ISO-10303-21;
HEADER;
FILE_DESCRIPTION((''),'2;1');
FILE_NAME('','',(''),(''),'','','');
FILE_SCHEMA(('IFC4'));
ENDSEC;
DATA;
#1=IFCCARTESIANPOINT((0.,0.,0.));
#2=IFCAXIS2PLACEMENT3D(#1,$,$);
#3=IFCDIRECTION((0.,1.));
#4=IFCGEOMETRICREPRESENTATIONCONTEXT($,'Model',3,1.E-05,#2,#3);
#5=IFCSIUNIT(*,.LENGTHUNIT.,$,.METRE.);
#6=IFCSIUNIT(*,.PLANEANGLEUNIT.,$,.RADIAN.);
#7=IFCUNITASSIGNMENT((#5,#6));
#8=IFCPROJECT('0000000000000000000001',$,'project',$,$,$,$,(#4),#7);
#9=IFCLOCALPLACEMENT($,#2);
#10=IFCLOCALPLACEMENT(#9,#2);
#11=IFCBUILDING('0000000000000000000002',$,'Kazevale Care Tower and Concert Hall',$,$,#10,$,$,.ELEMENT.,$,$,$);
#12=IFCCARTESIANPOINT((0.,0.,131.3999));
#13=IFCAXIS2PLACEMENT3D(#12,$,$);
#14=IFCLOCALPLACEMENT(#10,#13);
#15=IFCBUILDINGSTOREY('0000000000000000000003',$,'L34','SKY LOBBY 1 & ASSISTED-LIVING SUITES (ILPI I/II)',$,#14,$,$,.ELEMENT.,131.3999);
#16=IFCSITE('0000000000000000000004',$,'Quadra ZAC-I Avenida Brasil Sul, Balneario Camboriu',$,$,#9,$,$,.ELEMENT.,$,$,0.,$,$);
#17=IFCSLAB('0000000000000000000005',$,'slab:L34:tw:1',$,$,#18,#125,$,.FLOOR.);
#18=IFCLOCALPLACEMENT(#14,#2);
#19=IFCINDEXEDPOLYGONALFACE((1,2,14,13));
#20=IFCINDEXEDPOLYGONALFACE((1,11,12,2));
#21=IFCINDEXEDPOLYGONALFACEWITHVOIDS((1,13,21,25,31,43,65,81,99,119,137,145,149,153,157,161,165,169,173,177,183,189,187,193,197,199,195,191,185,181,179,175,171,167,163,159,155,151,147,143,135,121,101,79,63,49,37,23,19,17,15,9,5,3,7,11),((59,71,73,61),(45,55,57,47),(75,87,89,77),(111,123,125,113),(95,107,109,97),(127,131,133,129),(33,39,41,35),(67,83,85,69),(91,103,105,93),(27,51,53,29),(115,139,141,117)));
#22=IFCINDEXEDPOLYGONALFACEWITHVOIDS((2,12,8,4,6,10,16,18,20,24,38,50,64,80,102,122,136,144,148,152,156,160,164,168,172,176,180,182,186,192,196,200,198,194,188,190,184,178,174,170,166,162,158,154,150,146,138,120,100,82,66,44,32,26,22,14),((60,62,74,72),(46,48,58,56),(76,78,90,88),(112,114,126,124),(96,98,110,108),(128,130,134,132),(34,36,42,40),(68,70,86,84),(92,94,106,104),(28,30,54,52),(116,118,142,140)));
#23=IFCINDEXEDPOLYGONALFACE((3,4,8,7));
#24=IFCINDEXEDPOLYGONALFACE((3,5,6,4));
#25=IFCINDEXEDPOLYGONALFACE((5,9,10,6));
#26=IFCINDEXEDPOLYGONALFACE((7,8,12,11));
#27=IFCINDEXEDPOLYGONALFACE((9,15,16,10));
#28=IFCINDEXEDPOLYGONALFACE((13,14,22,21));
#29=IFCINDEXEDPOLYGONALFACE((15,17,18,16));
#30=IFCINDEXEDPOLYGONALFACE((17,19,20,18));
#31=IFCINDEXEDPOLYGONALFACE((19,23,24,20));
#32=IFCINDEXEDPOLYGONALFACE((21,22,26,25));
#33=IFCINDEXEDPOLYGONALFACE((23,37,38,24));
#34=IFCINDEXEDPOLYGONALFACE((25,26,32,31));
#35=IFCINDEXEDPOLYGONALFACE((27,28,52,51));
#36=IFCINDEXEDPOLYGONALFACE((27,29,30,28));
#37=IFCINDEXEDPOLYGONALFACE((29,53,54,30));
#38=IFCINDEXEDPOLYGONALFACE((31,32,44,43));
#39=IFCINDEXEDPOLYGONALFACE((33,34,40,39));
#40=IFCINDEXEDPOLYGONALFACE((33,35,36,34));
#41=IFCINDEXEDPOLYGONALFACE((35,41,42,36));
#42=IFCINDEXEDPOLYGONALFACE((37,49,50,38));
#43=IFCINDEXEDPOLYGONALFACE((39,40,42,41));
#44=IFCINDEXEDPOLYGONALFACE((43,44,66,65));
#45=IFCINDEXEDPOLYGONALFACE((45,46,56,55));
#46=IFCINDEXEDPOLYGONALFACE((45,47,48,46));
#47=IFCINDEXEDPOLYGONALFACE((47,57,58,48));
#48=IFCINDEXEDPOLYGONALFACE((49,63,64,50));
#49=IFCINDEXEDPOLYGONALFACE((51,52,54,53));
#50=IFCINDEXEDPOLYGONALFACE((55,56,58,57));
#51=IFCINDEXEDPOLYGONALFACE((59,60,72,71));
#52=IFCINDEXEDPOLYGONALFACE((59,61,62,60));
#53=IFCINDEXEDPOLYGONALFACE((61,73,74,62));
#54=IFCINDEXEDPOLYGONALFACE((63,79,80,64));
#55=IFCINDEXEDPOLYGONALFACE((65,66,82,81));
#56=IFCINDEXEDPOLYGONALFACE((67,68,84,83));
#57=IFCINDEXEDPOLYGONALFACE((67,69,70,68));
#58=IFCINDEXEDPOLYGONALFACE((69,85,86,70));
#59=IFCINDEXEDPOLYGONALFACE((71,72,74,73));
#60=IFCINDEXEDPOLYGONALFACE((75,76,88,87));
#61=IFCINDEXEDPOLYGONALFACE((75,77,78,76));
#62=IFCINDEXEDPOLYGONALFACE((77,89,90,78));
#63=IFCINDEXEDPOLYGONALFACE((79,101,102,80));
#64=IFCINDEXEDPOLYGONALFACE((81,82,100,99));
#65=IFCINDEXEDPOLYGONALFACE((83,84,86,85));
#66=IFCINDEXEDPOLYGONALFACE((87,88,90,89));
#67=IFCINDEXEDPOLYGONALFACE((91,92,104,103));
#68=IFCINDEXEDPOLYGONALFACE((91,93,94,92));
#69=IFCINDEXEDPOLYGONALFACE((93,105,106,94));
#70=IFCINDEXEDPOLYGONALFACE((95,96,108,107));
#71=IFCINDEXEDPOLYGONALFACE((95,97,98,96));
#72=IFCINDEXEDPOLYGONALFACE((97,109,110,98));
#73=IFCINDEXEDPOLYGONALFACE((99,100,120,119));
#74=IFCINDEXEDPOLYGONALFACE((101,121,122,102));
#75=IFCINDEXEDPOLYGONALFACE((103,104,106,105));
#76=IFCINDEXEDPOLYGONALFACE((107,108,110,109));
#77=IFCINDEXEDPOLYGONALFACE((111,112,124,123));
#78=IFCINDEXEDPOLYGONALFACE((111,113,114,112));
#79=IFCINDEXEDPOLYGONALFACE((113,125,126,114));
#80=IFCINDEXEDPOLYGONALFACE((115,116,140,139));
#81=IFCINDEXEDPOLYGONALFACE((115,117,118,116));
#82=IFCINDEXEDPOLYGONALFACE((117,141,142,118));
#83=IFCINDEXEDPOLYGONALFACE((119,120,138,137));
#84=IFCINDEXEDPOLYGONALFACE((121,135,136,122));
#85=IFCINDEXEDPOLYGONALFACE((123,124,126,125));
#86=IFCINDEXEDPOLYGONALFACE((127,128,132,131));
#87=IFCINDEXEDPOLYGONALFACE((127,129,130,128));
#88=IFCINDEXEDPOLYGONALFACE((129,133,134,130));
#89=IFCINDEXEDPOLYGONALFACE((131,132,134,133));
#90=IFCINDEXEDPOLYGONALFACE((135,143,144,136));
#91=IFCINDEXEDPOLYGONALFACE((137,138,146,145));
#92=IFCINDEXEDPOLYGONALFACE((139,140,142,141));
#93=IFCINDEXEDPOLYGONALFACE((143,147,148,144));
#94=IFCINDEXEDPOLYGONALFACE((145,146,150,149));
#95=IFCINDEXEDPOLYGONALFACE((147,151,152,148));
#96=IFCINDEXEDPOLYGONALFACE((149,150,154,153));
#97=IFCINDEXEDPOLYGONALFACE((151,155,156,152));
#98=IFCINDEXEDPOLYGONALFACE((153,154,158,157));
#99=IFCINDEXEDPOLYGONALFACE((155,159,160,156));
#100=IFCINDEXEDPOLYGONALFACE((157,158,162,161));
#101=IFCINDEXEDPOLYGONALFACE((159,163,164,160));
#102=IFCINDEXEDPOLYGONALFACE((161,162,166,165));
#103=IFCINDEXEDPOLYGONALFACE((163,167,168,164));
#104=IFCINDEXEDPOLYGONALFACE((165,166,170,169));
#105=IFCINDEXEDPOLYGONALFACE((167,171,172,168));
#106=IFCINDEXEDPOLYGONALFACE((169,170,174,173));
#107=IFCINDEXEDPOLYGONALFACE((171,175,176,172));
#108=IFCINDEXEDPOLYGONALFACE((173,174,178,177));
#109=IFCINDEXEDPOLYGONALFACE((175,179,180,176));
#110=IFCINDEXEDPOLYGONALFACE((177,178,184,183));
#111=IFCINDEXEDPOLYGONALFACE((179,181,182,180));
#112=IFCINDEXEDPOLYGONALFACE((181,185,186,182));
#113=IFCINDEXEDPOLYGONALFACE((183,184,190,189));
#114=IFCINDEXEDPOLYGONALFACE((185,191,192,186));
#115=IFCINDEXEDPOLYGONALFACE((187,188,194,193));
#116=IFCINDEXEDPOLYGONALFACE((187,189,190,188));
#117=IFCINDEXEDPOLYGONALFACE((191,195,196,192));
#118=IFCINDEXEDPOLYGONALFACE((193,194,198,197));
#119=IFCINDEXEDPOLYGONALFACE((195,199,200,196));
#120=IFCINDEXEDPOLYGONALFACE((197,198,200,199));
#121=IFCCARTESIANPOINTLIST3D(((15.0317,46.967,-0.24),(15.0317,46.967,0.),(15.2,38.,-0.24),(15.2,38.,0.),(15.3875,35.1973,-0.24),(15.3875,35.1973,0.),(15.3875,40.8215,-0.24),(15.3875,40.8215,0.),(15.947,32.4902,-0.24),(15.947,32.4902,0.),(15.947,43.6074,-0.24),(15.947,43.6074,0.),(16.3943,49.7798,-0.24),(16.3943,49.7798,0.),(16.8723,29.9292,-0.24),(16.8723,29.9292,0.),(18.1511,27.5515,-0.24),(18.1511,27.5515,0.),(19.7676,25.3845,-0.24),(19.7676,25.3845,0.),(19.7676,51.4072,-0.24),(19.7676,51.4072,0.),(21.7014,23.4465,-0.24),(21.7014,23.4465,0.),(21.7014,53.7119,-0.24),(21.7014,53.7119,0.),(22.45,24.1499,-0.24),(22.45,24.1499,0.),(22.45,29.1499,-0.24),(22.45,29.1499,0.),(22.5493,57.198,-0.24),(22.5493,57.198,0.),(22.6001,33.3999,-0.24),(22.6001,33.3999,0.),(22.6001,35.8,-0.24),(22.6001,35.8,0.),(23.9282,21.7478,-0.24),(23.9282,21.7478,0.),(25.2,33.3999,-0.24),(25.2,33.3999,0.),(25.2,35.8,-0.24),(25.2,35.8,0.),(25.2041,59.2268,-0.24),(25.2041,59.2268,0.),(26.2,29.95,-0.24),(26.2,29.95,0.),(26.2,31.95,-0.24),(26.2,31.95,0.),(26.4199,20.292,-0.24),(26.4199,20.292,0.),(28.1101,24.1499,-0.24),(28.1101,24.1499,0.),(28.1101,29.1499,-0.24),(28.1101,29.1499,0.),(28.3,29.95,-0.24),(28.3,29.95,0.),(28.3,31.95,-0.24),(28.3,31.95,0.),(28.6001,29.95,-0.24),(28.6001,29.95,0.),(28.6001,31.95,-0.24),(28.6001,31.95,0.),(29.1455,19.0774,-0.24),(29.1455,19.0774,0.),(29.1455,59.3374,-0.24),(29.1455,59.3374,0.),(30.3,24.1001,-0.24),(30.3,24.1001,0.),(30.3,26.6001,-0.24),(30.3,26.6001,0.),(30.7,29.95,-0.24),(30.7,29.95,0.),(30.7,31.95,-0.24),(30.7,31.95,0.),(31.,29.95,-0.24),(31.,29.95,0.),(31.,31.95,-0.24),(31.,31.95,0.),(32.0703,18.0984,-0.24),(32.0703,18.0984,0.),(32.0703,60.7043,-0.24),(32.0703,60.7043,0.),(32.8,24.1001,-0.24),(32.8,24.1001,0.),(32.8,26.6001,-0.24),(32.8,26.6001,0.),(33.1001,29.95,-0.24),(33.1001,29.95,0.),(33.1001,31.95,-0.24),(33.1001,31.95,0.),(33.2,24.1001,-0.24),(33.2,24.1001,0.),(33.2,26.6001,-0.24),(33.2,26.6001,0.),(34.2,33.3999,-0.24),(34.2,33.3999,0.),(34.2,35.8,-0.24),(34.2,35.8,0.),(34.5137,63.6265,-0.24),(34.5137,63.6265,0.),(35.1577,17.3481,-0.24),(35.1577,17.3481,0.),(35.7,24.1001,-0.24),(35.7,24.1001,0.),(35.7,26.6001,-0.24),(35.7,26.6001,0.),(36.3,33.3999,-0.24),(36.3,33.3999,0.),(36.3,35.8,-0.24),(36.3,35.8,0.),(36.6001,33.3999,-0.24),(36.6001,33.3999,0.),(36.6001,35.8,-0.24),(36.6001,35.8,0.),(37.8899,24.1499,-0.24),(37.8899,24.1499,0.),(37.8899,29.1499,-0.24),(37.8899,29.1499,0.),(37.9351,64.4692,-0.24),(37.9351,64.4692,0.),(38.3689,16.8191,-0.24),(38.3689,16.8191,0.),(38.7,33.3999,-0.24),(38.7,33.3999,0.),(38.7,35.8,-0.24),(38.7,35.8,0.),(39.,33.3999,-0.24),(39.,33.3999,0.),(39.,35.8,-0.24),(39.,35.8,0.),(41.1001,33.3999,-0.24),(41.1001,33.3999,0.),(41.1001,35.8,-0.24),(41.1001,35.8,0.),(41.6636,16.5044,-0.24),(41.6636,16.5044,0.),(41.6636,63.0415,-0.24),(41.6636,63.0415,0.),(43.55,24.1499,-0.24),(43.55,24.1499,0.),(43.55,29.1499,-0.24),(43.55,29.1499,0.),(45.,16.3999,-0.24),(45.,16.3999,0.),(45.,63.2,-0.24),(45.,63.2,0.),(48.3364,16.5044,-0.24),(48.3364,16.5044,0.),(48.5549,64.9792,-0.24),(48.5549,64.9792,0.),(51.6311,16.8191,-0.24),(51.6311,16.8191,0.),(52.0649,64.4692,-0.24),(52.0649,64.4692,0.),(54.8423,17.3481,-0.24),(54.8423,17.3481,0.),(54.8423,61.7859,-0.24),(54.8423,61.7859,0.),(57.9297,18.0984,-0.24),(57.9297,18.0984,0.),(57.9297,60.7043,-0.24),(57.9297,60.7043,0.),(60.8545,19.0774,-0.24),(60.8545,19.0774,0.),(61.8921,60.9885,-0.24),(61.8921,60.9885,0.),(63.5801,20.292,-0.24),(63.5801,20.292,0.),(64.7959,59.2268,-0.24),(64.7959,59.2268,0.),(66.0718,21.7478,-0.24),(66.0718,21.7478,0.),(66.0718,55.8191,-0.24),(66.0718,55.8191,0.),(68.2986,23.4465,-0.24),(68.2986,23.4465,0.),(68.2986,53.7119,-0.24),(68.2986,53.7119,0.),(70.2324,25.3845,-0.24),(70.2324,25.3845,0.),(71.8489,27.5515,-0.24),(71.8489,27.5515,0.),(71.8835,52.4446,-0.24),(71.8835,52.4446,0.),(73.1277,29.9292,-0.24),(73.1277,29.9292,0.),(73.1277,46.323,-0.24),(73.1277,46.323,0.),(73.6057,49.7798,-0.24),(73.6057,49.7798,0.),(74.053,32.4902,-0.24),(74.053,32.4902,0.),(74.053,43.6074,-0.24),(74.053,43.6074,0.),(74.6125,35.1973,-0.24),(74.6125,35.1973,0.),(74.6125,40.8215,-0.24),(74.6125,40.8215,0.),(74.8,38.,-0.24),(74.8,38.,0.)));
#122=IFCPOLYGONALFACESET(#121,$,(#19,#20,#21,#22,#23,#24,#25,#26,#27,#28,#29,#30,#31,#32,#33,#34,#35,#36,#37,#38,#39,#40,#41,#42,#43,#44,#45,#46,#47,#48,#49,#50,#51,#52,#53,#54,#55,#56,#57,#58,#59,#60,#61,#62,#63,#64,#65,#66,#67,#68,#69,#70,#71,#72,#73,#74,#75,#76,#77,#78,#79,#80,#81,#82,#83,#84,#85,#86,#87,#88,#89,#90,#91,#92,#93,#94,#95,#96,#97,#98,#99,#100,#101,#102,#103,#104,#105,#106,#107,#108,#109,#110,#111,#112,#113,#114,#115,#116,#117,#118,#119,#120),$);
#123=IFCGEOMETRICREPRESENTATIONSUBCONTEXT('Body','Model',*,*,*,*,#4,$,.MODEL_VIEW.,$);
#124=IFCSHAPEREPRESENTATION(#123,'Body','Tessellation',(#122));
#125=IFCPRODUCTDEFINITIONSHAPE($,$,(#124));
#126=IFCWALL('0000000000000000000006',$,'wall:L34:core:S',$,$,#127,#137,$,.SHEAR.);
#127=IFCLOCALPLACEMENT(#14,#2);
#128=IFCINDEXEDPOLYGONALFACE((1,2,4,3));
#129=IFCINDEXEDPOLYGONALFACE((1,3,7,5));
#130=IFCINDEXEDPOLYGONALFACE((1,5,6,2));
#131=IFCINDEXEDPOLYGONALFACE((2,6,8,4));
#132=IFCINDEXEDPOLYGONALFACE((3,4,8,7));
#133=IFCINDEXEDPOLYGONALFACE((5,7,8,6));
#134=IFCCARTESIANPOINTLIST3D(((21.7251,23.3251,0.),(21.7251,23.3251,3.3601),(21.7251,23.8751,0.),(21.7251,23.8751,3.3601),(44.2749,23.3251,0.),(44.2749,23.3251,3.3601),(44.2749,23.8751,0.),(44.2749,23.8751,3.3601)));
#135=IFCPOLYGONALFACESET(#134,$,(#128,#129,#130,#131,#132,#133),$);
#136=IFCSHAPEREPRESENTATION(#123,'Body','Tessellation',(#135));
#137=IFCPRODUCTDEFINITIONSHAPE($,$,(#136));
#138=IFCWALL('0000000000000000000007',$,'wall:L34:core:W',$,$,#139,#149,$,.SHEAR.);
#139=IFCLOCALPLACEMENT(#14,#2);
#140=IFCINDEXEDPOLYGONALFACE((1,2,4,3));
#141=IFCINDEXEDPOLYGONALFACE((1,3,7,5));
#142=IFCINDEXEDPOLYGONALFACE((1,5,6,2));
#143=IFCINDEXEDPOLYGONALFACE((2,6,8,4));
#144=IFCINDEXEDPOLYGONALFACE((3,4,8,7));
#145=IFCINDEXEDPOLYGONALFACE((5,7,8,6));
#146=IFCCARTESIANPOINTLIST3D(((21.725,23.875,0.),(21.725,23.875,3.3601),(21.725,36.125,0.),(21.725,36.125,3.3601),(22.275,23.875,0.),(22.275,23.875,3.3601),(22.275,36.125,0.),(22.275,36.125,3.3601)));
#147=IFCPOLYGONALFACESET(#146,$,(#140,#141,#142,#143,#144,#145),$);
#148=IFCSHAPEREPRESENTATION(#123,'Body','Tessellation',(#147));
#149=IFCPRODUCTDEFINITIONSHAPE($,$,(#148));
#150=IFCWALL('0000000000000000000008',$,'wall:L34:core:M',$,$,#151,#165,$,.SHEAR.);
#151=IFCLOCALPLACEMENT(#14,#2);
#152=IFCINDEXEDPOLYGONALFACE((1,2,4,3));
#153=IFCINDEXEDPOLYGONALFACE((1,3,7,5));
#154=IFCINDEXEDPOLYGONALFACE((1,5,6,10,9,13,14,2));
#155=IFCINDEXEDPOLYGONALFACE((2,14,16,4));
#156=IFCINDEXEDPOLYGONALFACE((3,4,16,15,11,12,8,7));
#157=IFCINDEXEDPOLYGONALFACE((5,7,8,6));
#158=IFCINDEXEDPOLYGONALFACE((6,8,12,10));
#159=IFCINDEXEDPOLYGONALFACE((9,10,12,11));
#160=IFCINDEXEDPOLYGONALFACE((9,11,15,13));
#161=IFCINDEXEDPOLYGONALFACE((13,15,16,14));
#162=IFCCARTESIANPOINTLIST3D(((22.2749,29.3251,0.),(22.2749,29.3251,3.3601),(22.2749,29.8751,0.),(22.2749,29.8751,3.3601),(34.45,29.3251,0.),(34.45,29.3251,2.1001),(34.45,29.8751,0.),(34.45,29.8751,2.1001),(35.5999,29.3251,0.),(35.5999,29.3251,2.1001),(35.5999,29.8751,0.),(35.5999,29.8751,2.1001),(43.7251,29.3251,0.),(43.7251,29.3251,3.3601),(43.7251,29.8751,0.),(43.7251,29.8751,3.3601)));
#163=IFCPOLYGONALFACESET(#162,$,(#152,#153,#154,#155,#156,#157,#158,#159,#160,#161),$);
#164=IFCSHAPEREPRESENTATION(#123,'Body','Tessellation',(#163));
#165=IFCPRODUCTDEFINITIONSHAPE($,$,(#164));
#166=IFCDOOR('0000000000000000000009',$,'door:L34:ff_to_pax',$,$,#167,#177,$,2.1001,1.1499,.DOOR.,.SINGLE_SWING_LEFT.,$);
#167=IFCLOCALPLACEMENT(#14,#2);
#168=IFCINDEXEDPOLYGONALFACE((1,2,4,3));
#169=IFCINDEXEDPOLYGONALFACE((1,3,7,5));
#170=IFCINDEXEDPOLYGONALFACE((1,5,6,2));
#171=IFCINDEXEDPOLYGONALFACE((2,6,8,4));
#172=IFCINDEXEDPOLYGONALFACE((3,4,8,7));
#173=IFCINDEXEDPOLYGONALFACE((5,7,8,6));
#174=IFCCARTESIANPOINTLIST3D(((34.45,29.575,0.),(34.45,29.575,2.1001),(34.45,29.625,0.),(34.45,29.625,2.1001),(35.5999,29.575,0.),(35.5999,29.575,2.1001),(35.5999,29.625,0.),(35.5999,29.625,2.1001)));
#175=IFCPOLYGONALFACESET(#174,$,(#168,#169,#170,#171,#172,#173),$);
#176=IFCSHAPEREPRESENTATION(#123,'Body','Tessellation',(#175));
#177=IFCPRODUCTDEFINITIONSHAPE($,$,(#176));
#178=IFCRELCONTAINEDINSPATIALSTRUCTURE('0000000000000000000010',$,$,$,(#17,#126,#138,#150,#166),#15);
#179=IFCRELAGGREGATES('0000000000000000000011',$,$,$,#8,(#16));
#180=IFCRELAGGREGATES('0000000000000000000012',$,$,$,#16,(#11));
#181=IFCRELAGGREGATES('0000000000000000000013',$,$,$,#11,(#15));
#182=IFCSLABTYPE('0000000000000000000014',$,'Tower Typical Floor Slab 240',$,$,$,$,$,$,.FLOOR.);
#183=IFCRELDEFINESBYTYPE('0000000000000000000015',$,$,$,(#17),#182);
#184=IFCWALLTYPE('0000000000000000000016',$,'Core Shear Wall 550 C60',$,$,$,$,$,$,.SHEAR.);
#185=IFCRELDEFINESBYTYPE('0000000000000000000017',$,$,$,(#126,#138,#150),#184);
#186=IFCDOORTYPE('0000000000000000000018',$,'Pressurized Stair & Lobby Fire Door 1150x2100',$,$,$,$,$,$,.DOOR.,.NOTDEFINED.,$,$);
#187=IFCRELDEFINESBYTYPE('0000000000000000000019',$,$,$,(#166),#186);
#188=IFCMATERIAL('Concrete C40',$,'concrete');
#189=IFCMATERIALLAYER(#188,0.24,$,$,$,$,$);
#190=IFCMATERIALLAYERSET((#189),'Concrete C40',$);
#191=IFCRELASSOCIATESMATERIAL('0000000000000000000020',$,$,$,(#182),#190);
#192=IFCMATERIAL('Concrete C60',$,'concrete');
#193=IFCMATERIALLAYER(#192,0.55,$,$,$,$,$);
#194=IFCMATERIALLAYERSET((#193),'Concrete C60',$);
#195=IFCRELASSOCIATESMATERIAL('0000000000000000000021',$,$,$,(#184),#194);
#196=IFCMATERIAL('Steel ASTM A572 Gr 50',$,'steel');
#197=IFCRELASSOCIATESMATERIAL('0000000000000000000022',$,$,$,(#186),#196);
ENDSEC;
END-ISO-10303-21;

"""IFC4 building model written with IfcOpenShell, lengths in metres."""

from ifc_helpers import new_model, si_unit, direction, frame, frame_2d, origin, place, context, subcontext, project, spatial, polyline, rectangle, outline, extrude, material, layer, layer_set, type_object, element, fill, save


model = new_model("IFC4")

# Units and contexts
model_context = context("Model", 3, precision=1e-05, world=origin(), true_north=direction((0.0, 1.0)))
body_context = subcontext(model_context, "Body", "Model", "MODEL_VIEW")
ifc_project = project(units=[si_unit("LENGTHUNIT", "METRE"), si_unit("PLANEANGLEUNIT", "RADIAN")], contexts=[model_context])

# Site, building, storey
site_placement = place(None, origin())
site = spatial("IfcSite", under=ifc_project, at=site_placement, Name="Quadra ZAC-I Avenida Brasil Sul, Balneario Camboriu", CompositionType="ELEMENT", RefElevation=0.0)
building_placement = place(site_placement, origin())
building = spatial("IfcBuilding", under=site, at=building_placement, Name="Kazevale Care Tower and Concert Hall", CompositionType="ELEMENT")
storey_placement = place(building_placement, frame((0.0, 0.0, 131.3999)))
storey = spatial("IfcBuildingStorey", under=building, at=storey_placement, Name="L34", Description="SKY LOBBY 1 & ASSISTED-LIVING SUITES (ILPI I/II)", CompositionType="ELEMENT", Elevation=131.3999)

# Shared definitions
ifc_material_1 = material(Name="Concrete C60", Category="concrete")

# Shared definitions
ifc_material_2 = material(Name="Steel ASTM A572 Gr 50", Category="steel")

# Shared definitions
ifc_material_3 = material(Name="Concrete C40", Category="concrete")

# Slab
ifc_layer_1 = layer(ifc_material_3, 0.24)
ifc_layer_set_1 = layer_set([ifc_layer_1], Name="Concrete C40")
slab_type_1 = type_object("IfcSlabType", Name="Tower Typical Floor Slab 240", PredefinedType="FLOOR", material=ifc_layer_set_1)
slab_1_placement = place(storey_placement, frame((0.0, 0.0, -0.24)))
element("IfcSlab", 1, at=slab_1_placement, inside=storey, type_object=slab_type_1, Name="slab:L34:tw:1", PredefinedType="FLOOR", context=body_context, shape_type="SweptSolid", body=[
    extrude(outline(polyline([(74.8, 38.0), (74.6125, 40.8215), (74.053, 43.6074), (73.1277, 46.323), (73.6057, 49.7798), (71.8835, 52.4446), (68.2986, 53.7119), (66.0718, 55.8191), (64.7959, 59.2268), (61.8921, 60.9885), (57.9297, 60.7043), (54.8423, 61.7859), (52.0649, 64.4692), (48.5549, 64.9792), (45.0, 63.2), (41.6636, 63.0415), (37.9351, 64.4692), (34.5137, 63.6265), (32.0703, 60.7043), (29.1455, 59.3374), (25.2041, 59.2268), (22.5493, 57.198), (21.7014, 53.7119), (19.7676, 51.4072), (16.3943, 49.7798), (15.0317, 46.967), (15.947, 43.6074), (15.3875, 40.8215), (15.2, 38.0), (15.3875, 35.1973), (15.947, 32.4902), (16.8723, 29.9292), (18.1511, 27.5515), (19.7676, 25.3845), (21.7014, 23.4465), (23.9282, 21.7478), (26.4199, 20.292), (29.1455, 19.0774), (32.0703, 18.0984), (35.1577, 17.3481), (38.3689, 16.8191), (41.6636, 16.5044), (45.0, 16.3999), (48.3364, 16.5044), (51.6311, 16.8191), (54.8423, 17.3481), (57.9297, 18.0984), (60.8545, 19.0774), (63.5801, 20.292), (66.0718, 21.7478), (68.2986, 23.4465), (70.2324, 25.3845), (71.8489, 27.5515), (73.1277, 29.9292), (74.053, 32.4902), (74.6125, 35.1973), (74.8, 38.0)]), holes=[polyline([(22.45, 24.1499), (28.1101, 24.1499), (28.1101, 29.1499), (22.45, 29.1499), (22.45, 24.1499)]), polyline([(37.8899, 24.1499), (43.55, 24.1499), (43.55, 29.1499), (37.8899, 29.1499), (37.8899, 24.1499)]), polyline([(30.3, 24.1001), (32.8, 24.1001), (32.8, 26.6001), (30.3, 26.6001), (30.3, 24.1001)]), polyline([(33.2, 24.1001), (35.7, 24.1001), (35.7, 26.6001), (33.2, 26.6001), (33.2, 24.1001)]), polyline([(22.6001, 33.3999), (25.2, 33.3999), (25.2, 35.8), (22.6001, 35.8), (22.6001, 33.3999)]), polyline([(34.2, 33.3999), (36.3, 33.3999), (36.3, 35.8), (34.2, 35.8), (34.2, 33.3999)]), polyline([(36.6001, 33.3999), (38.7, 33.3999), (38.7, 35.8), (36.6001, 35.8), (36.6001, 33.3999)]), polyline([(39.0, 33.3999), (41.1001, 33.3999), (41.1001, 35.8), (39.0, 35.8), (39.0, 33.3999)]), polyline([(26.2, 29.95), (28.3, 29.95), (28.3, 31.95), (26.2, 31.95), (26.2, 29.95)]), polyline([(28.6001, 29.95), (30.7, 29.95), (30.7, 31.95), (28.6001, 31.95), (28.6001, 29.95)]), polyline([(31.0, 29.95), (33.1001, 29.95), (33.1001, 31.95), (31.0, 31.95), (31.0, 29.95)])]), origin(), (0.0, 0.0, 1.0), 0.24),
])

# Walls
ifc_layer_2 = layer(ifc_material_1, 0.55)
ifc_layer_set_2 = layer_set([ifc_layer_2], Name="Concrete C60")
wall_type_1 = type_object("IfcWallType", Name="Core Shear Wall 550 C60", PredefinedType="SHEAR", material=ifc_layer_set_2)
wall_1_placement = place(storey_placement, frame((21.7251, 23.6001, 0.0), z_axis=(0.0, 0.0, 1.0), x_axis=(1.0, 0.0, 0.0)))
element("IfcWall", 2, at=wall_1_placement, inside=storey, type_object=wall_type_1, Name="wall:L34:core:S", PredefinedType="SHEAR", context=body_context, shape_type="SweptSolid", body=[
    extrude(rectangle(XDim=22.5498, YDim=0.55, at=frame_2d((11.2749, 0.0))), origin(), (0.0, 0.0, 1.0), 3.3601),
])
wall_2_placement = place(storey_placement, frame((22.0, 23.875, 0.0), z_axis=(0.0, 0.0, 1.0), x_axis=(0.0, 1.0, 0.0)))
element("IfcWall", 3, at=wall_2_placement, inside=storey, type_object=wall_type_1, Name="wall:L34:core:W", PredefinedType="SHEAR", context=body_context, shape_type="SweptSolid", body=[
    extrude(rectangle(XDim=12.25, YDim=0.55, at=frame_2d((6.125, 0.0))), origin(), (0.0, 0.0, 1.0), 3.3601),
])

# Wall, opening, door
wall_3_placement = place(storey_placement, frame((22.2749, 29.6001, 0.0), z_axis=(0.0, 0.0, 1.0), x_axis=(1.0, 0.0, 0.0)))
wall_3 = element("IfcWall", 4, at=wall_3_placement, inside=storey, type_object=wall_type_1, Name="wall:L34:core:M", PredefinedType="SHEAR", context=body_context, shape_type="SweptSolid", body=[
    extrude(rectangle(XDim=21.4502, YDim=0.55, at=frame_2d((10.7251, 0.0))), origin(), (0.0, 0.0, 1.0), 3.3601),
])
opening_1_placement = place(wall_3_placement, frame((12.175, 0.0, 0.0)))
opening_1 = element("IfcOpeningElement", 5, at=opening_1_placement, cuts=wall_3, PredefinedType="OPENING", context=body_context, shape_type="SweptSolid", body=[
    extrude(rectangle(XDim=1.1499, YDim=2.1001, at=frame_2d((0.575, 1.05))), frame((0.0, 0.2849, 0.0), z_axis=(0.0, -1.0, 0.0), x_axis=(1.0, 0.0, 0.0)), (0.0, 0.0, 1.0), 0.5701),
])
door_type_1 = type_object("IfcDoorType", Name="Pressurized Stair & Lobby Fire Door 1150x2100", OperationType="NOTDEFINED", PredefinedType="DOOR", material=ifc_material_2)
door_1_placement = place(opening_1_placement, origin())
door_1 = element("IfcDoor", 6, at=door_1_placement, inside=storey, type_object=door_type_1, Name="door:L34:ff_to_pax", OperationType="SINGLE_SWING_LEFT", OverallHeight=2.1001, OverallWidth=1.1499, PredefinedType="DOOR", context=body_context, shape_type="SweptSolid", body=[
    extrude(rectangle(XDim=1.1499, YDim=2.1001, at=frame_2d((0.575, 1.05))), frame((0.0, 0.0249, 0.0), z_axis=(0.0, -1.0, 0.0), x_axis=(1.0, 0.0, 0.0)), (0.0, 0.0, 1.0), 0.05),
])
fill(opening_1, door_1)

save(model, "model.ifc")
